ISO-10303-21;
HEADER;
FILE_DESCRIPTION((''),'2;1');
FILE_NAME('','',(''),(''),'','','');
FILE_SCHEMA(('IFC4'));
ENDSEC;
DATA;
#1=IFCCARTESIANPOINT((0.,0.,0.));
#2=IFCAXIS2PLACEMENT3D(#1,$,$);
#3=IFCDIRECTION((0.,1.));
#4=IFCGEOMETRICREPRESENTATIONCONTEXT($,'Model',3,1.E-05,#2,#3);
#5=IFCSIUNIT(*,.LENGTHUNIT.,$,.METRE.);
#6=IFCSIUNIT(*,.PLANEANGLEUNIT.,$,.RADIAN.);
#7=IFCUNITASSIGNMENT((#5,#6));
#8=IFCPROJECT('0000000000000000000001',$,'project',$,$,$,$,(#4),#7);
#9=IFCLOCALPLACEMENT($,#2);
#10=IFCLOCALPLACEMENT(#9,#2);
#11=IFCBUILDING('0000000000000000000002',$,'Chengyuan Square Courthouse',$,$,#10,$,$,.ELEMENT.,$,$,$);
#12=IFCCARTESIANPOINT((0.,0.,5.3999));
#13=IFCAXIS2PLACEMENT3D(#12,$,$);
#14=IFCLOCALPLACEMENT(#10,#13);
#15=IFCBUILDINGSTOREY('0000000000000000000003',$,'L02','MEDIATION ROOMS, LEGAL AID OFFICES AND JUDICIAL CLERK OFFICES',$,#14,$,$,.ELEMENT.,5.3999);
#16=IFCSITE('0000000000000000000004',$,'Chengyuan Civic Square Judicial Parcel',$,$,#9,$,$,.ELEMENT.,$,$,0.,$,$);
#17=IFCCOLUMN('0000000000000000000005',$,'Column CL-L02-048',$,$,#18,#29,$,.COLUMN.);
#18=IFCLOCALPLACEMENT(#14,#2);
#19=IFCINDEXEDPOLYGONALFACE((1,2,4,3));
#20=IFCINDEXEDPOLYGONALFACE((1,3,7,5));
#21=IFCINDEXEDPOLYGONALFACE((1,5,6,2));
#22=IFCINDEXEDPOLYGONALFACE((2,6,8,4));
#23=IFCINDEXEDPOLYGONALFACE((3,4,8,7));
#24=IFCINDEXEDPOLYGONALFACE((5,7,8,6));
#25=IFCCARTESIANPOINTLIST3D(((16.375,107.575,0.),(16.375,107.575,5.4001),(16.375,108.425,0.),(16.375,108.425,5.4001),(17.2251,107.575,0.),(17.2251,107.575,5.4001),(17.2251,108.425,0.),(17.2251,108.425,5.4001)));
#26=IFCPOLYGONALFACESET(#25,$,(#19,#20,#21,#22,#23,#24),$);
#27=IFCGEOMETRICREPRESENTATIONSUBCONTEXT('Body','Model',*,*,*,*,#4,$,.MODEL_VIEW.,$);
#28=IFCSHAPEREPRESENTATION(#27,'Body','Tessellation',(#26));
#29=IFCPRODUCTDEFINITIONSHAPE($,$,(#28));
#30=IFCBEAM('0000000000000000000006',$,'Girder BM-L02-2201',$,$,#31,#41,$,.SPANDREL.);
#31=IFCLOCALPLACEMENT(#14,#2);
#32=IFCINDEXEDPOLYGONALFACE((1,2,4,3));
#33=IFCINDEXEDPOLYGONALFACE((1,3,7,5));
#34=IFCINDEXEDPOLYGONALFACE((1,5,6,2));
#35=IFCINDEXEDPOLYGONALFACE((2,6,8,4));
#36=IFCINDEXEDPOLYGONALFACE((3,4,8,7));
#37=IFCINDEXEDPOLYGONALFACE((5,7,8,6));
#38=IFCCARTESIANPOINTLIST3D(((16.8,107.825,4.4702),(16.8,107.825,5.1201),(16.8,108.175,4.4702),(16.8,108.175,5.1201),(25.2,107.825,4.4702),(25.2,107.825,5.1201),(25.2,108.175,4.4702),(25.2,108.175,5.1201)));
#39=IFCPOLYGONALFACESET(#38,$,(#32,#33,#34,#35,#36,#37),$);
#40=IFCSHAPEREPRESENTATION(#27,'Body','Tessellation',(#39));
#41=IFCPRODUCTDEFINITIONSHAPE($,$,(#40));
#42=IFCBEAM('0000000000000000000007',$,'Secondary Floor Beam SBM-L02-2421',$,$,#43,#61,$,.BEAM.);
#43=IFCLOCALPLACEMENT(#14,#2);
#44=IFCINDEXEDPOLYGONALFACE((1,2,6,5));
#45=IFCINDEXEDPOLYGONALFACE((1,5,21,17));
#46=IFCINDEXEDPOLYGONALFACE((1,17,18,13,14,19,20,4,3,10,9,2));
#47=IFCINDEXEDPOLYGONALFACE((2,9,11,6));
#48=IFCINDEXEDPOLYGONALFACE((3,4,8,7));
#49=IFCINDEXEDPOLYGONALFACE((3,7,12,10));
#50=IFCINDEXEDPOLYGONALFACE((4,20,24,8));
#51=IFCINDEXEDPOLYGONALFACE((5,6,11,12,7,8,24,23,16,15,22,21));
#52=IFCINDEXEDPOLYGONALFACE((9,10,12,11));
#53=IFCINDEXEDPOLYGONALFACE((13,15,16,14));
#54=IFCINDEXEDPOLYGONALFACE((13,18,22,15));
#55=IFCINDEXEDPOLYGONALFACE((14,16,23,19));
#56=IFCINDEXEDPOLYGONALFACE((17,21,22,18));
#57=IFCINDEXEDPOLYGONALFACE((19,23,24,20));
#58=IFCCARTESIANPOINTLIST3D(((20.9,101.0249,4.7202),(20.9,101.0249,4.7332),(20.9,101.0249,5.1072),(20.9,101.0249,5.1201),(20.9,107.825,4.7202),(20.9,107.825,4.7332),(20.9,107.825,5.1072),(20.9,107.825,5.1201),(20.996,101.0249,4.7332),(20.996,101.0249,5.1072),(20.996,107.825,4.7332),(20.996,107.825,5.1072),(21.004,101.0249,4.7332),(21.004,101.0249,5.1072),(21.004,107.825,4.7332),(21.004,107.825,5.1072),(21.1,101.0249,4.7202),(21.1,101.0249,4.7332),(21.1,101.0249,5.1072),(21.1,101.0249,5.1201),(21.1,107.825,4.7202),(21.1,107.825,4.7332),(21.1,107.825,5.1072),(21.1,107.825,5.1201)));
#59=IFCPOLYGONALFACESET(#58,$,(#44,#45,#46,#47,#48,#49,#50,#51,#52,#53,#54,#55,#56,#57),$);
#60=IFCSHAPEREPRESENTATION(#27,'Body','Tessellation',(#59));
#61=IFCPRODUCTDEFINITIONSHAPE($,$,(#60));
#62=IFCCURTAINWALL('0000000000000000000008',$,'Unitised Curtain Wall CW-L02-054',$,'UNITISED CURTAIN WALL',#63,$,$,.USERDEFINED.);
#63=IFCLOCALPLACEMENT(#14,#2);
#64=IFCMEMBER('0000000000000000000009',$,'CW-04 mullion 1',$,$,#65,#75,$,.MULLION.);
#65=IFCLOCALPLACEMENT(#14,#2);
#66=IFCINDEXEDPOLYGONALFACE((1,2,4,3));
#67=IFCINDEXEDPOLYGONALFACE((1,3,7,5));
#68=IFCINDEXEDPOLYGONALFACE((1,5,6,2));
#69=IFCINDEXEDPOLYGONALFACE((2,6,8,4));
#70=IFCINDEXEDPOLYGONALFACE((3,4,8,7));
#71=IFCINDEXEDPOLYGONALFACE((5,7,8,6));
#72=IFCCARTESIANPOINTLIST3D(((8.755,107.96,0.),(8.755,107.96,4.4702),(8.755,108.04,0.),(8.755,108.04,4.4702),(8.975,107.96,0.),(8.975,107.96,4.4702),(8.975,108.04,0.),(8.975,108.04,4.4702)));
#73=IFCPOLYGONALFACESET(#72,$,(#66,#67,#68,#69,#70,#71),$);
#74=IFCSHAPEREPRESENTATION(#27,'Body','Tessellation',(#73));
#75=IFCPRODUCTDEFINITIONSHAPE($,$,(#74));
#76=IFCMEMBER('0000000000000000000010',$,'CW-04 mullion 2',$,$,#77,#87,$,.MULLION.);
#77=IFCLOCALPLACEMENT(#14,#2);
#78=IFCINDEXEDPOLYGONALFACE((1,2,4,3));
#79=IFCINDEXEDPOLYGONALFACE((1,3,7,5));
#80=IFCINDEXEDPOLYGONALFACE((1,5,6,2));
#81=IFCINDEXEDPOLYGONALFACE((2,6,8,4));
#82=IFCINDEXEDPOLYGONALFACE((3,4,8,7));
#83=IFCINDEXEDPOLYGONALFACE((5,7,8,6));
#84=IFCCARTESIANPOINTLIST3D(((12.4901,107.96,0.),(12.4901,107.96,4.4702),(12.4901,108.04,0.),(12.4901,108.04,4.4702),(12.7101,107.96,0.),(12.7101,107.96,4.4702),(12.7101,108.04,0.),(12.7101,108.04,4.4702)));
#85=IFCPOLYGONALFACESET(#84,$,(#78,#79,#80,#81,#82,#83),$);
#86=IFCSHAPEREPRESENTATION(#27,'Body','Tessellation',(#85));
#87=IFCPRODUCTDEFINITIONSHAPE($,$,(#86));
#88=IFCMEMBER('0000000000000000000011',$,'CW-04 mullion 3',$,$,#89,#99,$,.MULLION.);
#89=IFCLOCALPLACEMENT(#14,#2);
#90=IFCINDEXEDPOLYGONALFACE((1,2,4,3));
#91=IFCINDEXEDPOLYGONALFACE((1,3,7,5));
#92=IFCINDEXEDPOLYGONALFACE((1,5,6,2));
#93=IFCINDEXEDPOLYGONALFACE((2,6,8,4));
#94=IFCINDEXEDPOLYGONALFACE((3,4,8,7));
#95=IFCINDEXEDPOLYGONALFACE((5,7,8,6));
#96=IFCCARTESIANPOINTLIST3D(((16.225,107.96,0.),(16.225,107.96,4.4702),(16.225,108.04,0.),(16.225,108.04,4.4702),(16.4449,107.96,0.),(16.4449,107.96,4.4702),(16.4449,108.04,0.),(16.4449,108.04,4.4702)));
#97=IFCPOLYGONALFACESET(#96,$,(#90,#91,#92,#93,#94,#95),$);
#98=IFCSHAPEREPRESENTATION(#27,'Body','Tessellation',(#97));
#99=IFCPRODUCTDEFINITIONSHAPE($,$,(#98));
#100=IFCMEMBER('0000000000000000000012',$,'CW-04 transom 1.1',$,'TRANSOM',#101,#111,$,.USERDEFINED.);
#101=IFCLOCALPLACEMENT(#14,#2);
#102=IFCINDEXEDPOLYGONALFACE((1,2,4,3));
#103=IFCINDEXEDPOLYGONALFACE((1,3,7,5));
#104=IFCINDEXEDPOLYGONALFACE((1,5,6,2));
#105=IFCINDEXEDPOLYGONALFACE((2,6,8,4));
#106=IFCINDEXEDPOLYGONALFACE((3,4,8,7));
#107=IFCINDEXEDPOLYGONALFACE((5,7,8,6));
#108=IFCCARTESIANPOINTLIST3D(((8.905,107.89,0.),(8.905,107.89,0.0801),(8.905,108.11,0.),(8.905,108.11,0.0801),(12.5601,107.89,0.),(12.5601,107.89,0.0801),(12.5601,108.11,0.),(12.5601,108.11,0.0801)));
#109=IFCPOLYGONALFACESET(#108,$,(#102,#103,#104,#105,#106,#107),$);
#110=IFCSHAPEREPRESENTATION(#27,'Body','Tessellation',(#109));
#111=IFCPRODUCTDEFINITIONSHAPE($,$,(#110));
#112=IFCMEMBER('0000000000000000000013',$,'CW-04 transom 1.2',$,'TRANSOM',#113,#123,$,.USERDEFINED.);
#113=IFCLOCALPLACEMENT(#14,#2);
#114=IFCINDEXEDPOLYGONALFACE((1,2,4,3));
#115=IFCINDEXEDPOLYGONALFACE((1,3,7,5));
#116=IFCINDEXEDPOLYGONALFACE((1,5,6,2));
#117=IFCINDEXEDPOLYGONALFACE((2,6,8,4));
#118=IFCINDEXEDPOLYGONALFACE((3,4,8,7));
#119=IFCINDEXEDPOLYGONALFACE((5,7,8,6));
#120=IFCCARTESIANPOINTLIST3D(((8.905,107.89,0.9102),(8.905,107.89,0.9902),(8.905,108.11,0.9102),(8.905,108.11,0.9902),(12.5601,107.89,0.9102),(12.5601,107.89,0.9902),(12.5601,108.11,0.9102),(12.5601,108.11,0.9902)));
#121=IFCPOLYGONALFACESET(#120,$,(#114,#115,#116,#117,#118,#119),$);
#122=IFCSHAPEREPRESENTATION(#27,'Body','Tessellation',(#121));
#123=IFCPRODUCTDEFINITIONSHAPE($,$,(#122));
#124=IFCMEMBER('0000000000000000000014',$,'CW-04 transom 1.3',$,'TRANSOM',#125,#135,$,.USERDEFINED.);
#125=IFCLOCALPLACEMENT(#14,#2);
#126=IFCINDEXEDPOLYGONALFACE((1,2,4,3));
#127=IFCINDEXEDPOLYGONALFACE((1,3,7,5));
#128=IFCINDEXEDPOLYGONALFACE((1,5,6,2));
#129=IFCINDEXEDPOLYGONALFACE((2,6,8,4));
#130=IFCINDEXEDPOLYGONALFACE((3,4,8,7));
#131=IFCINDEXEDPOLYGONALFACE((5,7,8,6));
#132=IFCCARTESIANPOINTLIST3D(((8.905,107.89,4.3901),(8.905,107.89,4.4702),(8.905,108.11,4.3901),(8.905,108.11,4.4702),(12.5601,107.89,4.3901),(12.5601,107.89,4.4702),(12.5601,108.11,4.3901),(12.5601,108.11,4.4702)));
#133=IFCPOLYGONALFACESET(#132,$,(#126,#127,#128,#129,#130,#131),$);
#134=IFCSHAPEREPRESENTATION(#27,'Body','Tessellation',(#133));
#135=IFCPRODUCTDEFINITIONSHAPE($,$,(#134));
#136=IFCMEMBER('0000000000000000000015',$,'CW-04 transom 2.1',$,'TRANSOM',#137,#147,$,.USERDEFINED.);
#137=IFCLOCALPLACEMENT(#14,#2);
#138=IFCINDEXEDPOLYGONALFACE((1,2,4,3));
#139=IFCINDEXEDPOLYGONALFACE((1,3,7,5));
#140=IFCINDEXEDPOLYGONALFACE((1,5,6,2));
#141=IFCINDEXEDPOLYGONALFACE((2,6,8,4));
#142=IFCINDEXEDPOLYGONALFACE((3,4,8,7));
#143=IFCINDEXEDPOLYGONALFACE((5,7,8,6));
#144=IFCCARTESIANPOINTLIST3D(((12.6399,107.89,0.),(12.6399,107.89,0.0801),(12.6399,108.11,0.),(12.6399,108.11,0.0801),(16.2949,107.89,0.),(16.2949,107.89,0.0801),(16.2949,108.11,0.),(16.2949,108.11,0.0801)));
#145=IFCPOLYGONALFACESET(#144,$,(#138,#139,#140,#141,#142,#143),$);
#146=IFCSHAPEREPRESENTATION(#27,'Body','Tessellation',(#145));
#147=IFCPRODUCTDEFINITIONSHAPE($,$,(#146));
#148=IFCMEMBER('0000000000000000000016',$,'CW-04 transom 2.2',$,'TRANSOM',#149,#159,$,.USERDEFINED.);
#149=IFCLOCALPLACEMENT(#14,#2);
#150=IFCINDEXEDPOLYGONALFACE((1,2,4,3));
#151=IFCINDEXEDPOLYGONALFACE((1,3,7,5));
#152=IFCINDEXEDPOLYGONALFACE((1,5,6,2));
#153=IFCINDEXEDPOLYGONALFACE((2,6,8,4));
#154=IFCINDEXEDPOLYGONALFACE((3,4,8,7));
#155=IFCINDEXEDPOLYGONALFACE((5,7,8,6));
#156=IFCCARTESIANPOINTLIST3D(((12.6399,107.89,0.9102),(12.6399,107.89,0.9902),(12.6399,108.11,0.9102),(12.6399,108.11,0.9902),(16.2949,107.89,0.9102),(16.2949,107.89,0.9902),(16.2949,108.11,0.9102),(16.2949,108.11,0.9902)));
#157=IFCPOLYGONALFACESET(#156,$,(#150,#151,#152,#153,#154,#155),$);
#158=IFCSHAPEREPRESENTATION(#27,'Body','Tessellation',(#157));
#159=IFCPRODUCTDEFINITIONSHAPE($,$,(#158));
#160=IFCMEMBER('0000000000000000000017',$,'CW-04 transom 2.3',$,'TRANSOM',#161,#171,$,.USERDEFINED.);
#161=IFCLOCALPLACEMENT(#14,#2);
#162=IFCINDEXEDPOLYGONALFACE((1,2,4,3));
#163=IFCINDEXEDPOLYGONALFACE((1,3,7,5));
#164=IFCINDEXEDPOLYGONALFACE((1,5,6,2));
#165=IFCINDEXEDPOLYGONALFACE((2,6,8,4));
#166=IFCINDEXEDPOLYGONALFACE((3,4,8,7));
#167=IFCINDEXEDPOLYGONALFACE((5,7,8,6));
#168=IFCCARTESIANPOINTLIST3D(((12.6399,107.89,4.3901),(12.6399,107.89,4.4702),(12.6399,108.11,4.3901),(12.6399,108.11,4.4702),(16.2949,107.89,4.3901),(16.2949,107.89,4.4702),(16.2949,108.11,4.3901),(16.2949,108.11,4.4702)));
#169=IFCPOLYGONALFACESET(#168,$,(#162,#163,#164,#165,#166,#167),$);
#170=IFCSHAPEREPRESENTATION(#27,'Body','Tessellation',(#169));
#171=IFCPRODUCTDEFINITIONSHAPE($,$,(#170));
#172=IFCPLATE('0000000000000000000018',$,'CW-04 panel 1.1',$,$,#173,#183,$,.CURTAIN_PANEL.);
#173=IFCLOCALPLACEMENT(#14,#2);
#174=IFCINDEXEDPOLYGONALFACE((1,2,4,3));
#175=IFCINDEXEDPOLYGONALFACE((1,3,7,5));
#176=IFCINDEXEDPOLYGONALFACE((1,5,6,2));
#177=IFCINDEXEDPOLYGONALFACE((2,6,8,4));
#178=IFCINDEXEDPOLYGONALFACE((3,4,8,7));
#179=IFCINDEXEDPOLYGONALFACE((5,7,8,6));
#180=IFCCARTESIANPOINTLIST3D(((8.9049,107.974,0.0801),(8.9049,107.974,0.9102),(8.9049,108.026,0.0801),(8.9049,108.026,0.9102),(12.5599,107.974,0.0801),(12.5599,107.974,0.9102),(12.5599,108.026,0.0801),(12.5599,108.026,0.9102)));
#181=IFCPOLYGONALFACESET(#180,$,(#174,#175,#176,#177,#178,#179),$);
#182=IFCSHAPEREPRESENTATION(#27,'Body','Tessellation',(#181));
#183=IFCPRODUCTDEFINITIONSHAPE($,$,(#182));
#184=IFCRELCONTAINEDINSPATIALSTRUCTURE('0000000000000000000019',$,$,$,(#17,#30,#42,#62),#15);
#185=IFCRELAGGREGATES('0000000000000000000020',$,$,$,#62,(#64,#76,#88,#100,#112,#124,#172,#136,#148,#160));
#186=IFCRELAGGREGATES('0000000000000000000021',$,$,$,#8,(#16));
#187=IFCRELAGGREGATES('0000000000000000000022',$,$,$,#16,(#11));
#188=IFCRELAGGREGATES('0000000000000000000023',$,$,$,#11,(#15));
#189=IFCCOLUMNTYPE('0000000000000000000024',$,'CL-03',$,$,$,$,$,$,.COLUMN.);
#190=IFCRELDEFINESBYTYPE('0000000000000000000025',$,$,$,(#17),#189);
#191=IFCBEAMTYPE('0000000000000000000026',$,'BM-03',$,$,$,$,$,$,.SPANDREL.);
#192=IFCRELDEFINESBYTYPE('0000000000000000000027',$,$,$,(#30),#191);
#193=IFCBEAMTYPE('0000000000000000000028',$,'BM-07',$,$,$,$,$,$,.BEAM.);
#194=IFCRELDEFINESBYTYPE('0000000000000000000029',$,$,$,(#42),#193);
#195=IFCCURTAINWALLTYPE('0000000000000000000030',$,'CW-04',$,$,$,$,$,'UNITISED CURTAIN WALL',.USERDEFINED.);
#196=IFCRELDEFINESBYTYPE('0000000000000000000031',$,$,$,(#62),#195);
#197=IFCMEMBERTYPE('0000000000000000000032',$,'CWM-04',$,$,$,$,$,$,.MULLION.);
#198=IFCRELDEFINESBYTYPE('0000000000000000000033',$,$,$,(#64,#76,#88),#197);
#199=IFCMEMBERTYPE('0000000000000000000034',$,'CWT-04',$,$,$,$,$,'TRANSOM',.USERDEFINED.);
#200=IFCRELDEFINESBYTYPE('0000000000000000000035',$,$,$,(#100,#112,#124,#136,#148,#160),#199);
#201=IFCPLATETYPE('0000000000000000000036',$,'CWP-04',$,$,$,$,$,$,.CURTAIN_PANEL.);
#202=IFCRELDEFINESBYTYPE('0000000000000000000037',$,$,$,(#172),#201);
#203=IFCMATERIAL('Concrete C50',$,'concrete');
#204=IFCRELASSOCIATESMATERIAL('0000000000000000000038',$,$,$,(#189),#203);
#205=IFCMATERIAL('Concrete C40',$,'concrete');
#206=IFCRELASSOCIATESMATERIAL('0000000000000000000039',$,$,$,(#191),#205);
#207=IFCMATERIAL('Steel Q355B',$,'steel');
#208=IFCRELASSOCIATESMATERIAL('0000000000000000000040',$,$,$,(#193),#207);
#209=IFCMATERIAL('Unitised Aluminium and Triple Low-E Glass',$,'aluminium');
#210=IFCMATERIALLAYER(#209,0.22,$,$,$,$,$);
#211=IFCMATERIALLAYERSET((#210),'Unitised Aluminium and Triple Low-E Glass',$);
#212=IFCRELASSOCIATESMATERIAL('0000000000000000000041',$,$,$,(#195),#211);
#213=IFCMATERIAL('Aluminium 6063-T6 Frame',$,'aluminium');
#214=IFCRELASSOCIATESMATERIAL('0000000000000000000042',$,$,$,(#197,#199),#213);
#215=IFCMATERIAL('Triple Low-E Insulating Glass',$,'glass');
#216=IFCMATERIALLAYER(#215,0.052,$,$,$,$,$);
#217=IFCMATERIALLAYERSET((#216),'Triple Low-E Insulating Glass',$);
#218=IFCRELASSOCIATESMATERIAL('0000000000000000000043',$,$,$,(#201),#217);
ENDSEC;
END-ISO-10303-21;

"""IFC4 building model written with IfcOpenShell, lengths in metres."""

from ifc_helpers import new_model, si_unit, direction, frame, origin, origin_2d, place, context, subcontext, project, spatial, rectangle, i_section, extrude, material, layer, layer_set, material_profile, profile_set, type_object, element, aggregate, save


model = new_model("IFC4")

# Units and contexts
model_context = context("Model", 3, precision=1e-05, world=origin(), true_north=direction((0.0, 1.0)))
body_context = subcontext(model_context, "Body", "Model", "MODEL_VIEW")
ifc_project = project(units=[si_unit("LENGTHUNIT", "METRE"), si_unit("PLANEANGLEUNIT", "RADIAN")], contexts=[model_context])

# Site, building, storey
site_placement = place(None, origin())
site = spatial("IfcSite", under=ifc_project, at=site_placement, Name="Chengyuan Civic Square Judicial Parcel", CompositionType="ELEMENT", RefElevation=0.0)
building_placement = place(site_placement, origin())
building = spatial("IfcBuilding", under=site, at=building_placement, Name="Chengyuan Square Courthouse", CompositionType="ELEMENT")
storey_placement = place(building_placement, frame((0.0, 0.0, 5.3999)))
storey = spatial("IfcBuildingStorey", under=building, at=storey_placement, Name="L02", Description="MEDIATION ROOMS, LEGAL AID OFFICES AND JUDICIAL CLERK OFFICES", CompositionType="ELEMENT", Elevation=5.3999)

# Column
ifc_material_1 = material(Name="Concrete C50", Category="concrete")
ifc_material_profile_1 = material_profile(ifc_material_1, rectangle(XDim=0.8501, YDim=0.8501, at=origin_2d()), Name="RC-COL-850x850")
ifc_profile_set_1 = profile_set([ifc_material_profile_1], Name="Concrete C50")
column_type = type_object("IfcColumnType", Name="CL-03", PredefinedType="COLUMN", material=ifc_profile_set_1)
column_placement = place(storey_placement, frame((16.8, 108.0, 0.0), z_axis=(0.0, 0.0, 1.0), x_axis=(1.0, 0.0, 0.0)))
element("IfcColumn", 1, at=column_placement, inside=storey, type_object=column_type, Name="Column CL-L02-048", PredefinedType="COLUMN", context=body_context, shape_type="SweptSolid", body=[
    extrude(rectangle(XDim=0.8501, YDim=0.8501, at=origin_2d()), origin(), (0.0, 0.0, 1.0), 5.4001),
])

# Beams
ifc_material_2 = material(Name="Concrete C40", Category="concrete")
ifc_material_profile_2 = material_profile(ifc_material_2, rectangle(XDim=0.3501, YDim=0.6499, at=origin_2d()), Name="RC-BM-350x650")
ifc_profile_set_2 = profile_set([ifc_material_profile_2], Name="Concrete C40")
beam_type_1 = type_object("IfcBeamType", Name="BM-03", PredefinedType="SPANDREL", material=ifc_profile_set_2)
beam_1_placement = place(storey_placement, frame((16.8, 108.0, 4.7952), z_axis=(1.0, 0.0, 0.0), x_axis=(0.0, 1.0, 0.0)))
element("IfcBeam", 2, at=beam_1_placement, inside=storey, type_object=beam_type_1, Name="Girder BM-L02-2201", PredefinedType="SPANDREL", context=body_context, shape_type="SweptSolid", body=[
    extrude(rectangle(XDim=0.3501, YDim=0.6499, at=origin_2d()), origin(), (0.0, 0.0, 1.0), 8.3999),
])
ifc_material_3 = material(Name="Steel Q355B", Category="steel")
ifc_material_profile_3 = material_profile(ifc_material_3, i_section(OverallWidth=0.2, OverallDepth=0.3999, WebThickness=0.0081, FlangeThickness=0.0129, at=origin_2d()), Name="HN 400x200x8x13")
ifc_profile_set_3 = profile_set([ifc_material_profile_3], Name="Steel Q355B")
beam_type_2 = type_object("IfcBeamType", Name="BM-07", PredefinedType="BEAM", material=ifc_profile_set_3)
beam_2_placement = place(storey_placement, frame((21.0, 101.0249, 4.9202), z_axis=(0.0, 1.0, 0.0), x_axis=(-1.0, 0.0, 0.0)))
element("IfcBeam", 3, at=beam_2_placement, inside=storey, type_object=beam_type_2, Name="Secondary Floor Beam SBM-L02-2421", PredefinedType="BEAM", context=body_context, shape_type="SweptSolid", body=[
    extrude(i_section(OverallWidth=0.2, OverallDepth=0.3999, WebThickness=0.0081, FlangeThickness=0.0129, at=origin_2d()), origin(), (0.0, 0.0, 1.0), 6.8),
])

# Curtain wall, members, plate
ifc_material_4 = material(Name="Unitised Aluminium and Triple Low-E Glass", Category="aluminium")
ifc_layer_1 = layer(ifc_material_4, 0.22)
ifc_layer_set_1 = layer_set([ifc_layer_1], Name="Unitised Aluminium and Triple Low-E Glass")
curtain_wall_type = type_object("IfcCurtainWallType", Name="CW-04", ElementType="UNITISED CURTAIN WALL", PredefinedType="USERDEFINED", material=ifc_layer_set_1)
curtain_wall_placement = place(storey_placement, origin())
curtain_wall = element("IfcCurtainWall", 4, at=curtain_wall_placement, inside=storey, type_object=curtain_wall_type, Name="Unitised Curtain Wall CW-L02-054", ObjectType="UNITISED CURTAIN WALL", PredefinedType="USERDEFINED")
ifc_material_5 = material(Name="Aluminium 6063-T6 Frame", Category="aluminium")
ifc_material_profile_4 = material_profile(ifc_material_5, rectangle(XDim=0.0801, YDim=0.22, at=origin_2d()), Name="CW-MUL-80x220")
ifc_profile_set_4 = profile_set([ifc_material_profile_4], Name="Aluminium 6063-T6 Frame")
member_type_1 = type_object("IfcMemberType", Name="CWM-04", PredefinedType="MULLION", material=ifc_profile_set_4)
member_1_placement = place(storey_placement, frame((8.865, 108.0, 0.0), z_axis=(0.0, 0.0, 1.0), x_axis=(0.0, 1.0, 0.0)))
member_1 = element("IfcMember", 5, at=member_1_placement, type_object=member_type_1, Name="CW-04 mullion 1", PredefinedType="MULLION", context=body_context, shape_type="SweptSolid", body=[
    extrude(rectangle(XDim=0.0801, YDim=0.22, at=origin_2d()), origin(), (0.0, 0.0, 1.0), 4.4702),
])
member_2_placement = place(storey_placement, frame((12.6001, 108.0, 0.0), z_axis=(0.0, 0.0, 1.0), x_axis=(0.0, 1.0, 0.0)))
member_2 = element("IfcMember", 6, at=member_2_placement, type_object=member_type_1, Name="CW-04 mullion 2", PredefinedType="MULLION", context=body_context, shape_type="SweptSolid", body=[
    extrude(rectangle(XDim=0.0801, YDim=0.22, at=origin_2d()), origin(), (0.0, 0.0, 1.0), 4.4702),
])
member_3_placement = place(storey_placement, frame((16.335, 108.0, 0.0), z_axis=(0.0, 0.0, 1.0), x_axis=(0.0, 1.0, 0.0)))
member_3 = element("IfcMember", 7, at=member_3_placement, type_object=member_type_1, Name="CW-04 mullion 3", PredefinedType="MULLION", context=body_context, shape_type="SweptSolid", body=[
    extrude(rectangle(XDim=0.0801, YDim=0.22, at=origin_2d()), origin(), (0.0, 0.0, 1.0), 4.4702),
])
ifc_material_profile_5 = material_profile(ifc_material_5, rectangle(XDim=0.22, YDim=0.0801, at=origin_2d()), Name="CW-TRN-80x180")
ifc_profile_set_5 = profile_set([ifc_material_profile_5], Name="Aluminium 6063-T6 Frame")
member_type_2 = type_object("IfcMemberType", Name="CWT-04", ElementType="TRANSOM", PredefinedType="USERDEFINED", material=ifc_profile_set_5)
member_4_placement = place(storey_placement, frame((8.905, 108.0, 0.04), z_axis=(1.0, 0.0, 0.0), x_axis=(0.0, 1.0, 0.0)))
member_4 = element("IfcMember", 8, at=member_4_placement, type_object=member_type_2, Name="CW-04 transom 1.1", ObjectType="TRANSOM", PredefinedType="USERDEFINED", context=body_context, shape_type="SweptSolid", body=[
    extrude(rectangle(XDim=0.22, YDim=0.0801, at=origin_2d()), origin(), (0.0, 0.0, 1.0), 3.655),
])
member_5_placement = place(storey_placement, frame((8.905, 108.0, 0.9502), z_axis=(1.0, 0.0, 0.0), x_axis=(0.0, 1.0, 0.0)))
member_5 = element("IfcMember", 9, at=member_5_placement, type_object=member_type_2, Name="CW-04 transom 1.2", ObjectType="TRANSOM", PredefinedType="USERDEFINED", context=body_context, shape_type="SweptSolid", body=[
    extrude(rectangle(XDim=0.22, YDim=0.0801, at=origin_2d()), origin(), (0.0, 0.0, 1.0), 3.655),
])
member_6_placement = place(storey_placement, frame((8.905, 108.0, 4.4302), z_axis=(1.0, 0.0, 0.0), x_axis=(0.0, 1.0, 0.0)))
member_6 = element("IfcMember", 10, at=member_6_placement, type_object=member_type_2, Name="CW-04 transom 1.3", ObjectType="TRANSOM", PredefinedType="USERDEFINED", context=body_context, shape_type="SweptSolid", body=[
    extrude(rectangle(XDim=0.22, YDim=0.0801, at=origin_2d()), origin(), (0.0, 0.0, 1.0), 3.655),
])
member_7_placement = place(storey_placement, frame((12.6399, 108.0, 0.04), z_axis=(1.0, 0.0, 0.0), x_axis=(0.0, 1.0, 0.0)))
member_7 = element("IfcMember", 11, at=member_7_placement, type_object=member_type_2, Name="CW-04 transom 2.1", ObjectType="TRANSOM", PredefinedType="USERDEFINED", context=body_context, shape_type="SweptSolid", body=[
    extrude(rectangle(XDim=0.22, YDim=0.0801, at=origin_2d()), origin(), (0.0, 0.0, 1.0), 3.655),
])
member_8_placement = place(storey_placement, frame((12.6399, 108.0, 0.9502), z_axis=(1.0, 0.0, 0.0), x_axis=(0.0, 1.0, 0.0)))
member_8 = element("IfcMember", 12, at=member_8_placement, type_object=member_type_2, Name="CW-04 transom 2.2", ObjectType="TRANSOM", PredefinedType="USERDEFINED", context=body_context, shape_type="SweptSolid", body=[
    extrude(rectangle(XDim=0.22, YDim=0.0801, at=origin_2d()), origin(), (0.0, 0.0, 1.0), 3.655),
])
member_9_placement = place(storey_placement, frame((12.6399, 108.0, 4.4302), z_axis=(1.0, 0.0, 0.0), x_axis=(0.0, 1.0, 0.0)))
member_9 = element("IfcMember", 13, at=member_9_placement, type_object=member_type_2, Name="CW-04 transom 2.3", ObjectType="TRANSOM", PredefinedType="USERDEFINED", context=body_context, shape_type="SweptSolid", body=[
    extrude(rectangle(XDim=0.22, YDim=0.0801, at=origin_2d()), origin(), (0.0, 0.0, 1.0), 3.655),
])
ifc_material_6 = material(Name="Triple Low-E Insulating Glass", Category="glass")
ifc_layer_2 = layer(ifc_material_6, 0.052)
ifc_layer_set_2 = layer_set([ifc_layer_2], Name="Triple Low-E Insulating Glass")
plate_type = type_object("IfcPlateType", Name="CWP-04", PredefinedType="CURTAIN_PANEL", material=ifc_layer_set_2)
plate_1_placement = place(storey_placement, frame((10.7324, 108.0, 0.0801), z_axis=(0.0, 0.0, 1.0), x_axis=(1.0, 0.0, 0.0)))
plate_1 = element("IfcPlate", 14, at=plate_1_placement, type_object=plate_type, Name="CW-04 panel 1.1", PredefinedType="CURTAIN_PANEL", context=body_context, shape_type="SweptSolid", body=[
    extrude(rectangle(XDim=3.655, YDim=0.052, at=origin_2d()), origin(), (0.0, 0.0, 1.0), 0.8301),
])
aggregate(curtain_wall, [member_1, member_2, member_3, member_4, member_5, member_6, plate_1, member_7, member_8, member_9])

save(model, "model.ifc")
